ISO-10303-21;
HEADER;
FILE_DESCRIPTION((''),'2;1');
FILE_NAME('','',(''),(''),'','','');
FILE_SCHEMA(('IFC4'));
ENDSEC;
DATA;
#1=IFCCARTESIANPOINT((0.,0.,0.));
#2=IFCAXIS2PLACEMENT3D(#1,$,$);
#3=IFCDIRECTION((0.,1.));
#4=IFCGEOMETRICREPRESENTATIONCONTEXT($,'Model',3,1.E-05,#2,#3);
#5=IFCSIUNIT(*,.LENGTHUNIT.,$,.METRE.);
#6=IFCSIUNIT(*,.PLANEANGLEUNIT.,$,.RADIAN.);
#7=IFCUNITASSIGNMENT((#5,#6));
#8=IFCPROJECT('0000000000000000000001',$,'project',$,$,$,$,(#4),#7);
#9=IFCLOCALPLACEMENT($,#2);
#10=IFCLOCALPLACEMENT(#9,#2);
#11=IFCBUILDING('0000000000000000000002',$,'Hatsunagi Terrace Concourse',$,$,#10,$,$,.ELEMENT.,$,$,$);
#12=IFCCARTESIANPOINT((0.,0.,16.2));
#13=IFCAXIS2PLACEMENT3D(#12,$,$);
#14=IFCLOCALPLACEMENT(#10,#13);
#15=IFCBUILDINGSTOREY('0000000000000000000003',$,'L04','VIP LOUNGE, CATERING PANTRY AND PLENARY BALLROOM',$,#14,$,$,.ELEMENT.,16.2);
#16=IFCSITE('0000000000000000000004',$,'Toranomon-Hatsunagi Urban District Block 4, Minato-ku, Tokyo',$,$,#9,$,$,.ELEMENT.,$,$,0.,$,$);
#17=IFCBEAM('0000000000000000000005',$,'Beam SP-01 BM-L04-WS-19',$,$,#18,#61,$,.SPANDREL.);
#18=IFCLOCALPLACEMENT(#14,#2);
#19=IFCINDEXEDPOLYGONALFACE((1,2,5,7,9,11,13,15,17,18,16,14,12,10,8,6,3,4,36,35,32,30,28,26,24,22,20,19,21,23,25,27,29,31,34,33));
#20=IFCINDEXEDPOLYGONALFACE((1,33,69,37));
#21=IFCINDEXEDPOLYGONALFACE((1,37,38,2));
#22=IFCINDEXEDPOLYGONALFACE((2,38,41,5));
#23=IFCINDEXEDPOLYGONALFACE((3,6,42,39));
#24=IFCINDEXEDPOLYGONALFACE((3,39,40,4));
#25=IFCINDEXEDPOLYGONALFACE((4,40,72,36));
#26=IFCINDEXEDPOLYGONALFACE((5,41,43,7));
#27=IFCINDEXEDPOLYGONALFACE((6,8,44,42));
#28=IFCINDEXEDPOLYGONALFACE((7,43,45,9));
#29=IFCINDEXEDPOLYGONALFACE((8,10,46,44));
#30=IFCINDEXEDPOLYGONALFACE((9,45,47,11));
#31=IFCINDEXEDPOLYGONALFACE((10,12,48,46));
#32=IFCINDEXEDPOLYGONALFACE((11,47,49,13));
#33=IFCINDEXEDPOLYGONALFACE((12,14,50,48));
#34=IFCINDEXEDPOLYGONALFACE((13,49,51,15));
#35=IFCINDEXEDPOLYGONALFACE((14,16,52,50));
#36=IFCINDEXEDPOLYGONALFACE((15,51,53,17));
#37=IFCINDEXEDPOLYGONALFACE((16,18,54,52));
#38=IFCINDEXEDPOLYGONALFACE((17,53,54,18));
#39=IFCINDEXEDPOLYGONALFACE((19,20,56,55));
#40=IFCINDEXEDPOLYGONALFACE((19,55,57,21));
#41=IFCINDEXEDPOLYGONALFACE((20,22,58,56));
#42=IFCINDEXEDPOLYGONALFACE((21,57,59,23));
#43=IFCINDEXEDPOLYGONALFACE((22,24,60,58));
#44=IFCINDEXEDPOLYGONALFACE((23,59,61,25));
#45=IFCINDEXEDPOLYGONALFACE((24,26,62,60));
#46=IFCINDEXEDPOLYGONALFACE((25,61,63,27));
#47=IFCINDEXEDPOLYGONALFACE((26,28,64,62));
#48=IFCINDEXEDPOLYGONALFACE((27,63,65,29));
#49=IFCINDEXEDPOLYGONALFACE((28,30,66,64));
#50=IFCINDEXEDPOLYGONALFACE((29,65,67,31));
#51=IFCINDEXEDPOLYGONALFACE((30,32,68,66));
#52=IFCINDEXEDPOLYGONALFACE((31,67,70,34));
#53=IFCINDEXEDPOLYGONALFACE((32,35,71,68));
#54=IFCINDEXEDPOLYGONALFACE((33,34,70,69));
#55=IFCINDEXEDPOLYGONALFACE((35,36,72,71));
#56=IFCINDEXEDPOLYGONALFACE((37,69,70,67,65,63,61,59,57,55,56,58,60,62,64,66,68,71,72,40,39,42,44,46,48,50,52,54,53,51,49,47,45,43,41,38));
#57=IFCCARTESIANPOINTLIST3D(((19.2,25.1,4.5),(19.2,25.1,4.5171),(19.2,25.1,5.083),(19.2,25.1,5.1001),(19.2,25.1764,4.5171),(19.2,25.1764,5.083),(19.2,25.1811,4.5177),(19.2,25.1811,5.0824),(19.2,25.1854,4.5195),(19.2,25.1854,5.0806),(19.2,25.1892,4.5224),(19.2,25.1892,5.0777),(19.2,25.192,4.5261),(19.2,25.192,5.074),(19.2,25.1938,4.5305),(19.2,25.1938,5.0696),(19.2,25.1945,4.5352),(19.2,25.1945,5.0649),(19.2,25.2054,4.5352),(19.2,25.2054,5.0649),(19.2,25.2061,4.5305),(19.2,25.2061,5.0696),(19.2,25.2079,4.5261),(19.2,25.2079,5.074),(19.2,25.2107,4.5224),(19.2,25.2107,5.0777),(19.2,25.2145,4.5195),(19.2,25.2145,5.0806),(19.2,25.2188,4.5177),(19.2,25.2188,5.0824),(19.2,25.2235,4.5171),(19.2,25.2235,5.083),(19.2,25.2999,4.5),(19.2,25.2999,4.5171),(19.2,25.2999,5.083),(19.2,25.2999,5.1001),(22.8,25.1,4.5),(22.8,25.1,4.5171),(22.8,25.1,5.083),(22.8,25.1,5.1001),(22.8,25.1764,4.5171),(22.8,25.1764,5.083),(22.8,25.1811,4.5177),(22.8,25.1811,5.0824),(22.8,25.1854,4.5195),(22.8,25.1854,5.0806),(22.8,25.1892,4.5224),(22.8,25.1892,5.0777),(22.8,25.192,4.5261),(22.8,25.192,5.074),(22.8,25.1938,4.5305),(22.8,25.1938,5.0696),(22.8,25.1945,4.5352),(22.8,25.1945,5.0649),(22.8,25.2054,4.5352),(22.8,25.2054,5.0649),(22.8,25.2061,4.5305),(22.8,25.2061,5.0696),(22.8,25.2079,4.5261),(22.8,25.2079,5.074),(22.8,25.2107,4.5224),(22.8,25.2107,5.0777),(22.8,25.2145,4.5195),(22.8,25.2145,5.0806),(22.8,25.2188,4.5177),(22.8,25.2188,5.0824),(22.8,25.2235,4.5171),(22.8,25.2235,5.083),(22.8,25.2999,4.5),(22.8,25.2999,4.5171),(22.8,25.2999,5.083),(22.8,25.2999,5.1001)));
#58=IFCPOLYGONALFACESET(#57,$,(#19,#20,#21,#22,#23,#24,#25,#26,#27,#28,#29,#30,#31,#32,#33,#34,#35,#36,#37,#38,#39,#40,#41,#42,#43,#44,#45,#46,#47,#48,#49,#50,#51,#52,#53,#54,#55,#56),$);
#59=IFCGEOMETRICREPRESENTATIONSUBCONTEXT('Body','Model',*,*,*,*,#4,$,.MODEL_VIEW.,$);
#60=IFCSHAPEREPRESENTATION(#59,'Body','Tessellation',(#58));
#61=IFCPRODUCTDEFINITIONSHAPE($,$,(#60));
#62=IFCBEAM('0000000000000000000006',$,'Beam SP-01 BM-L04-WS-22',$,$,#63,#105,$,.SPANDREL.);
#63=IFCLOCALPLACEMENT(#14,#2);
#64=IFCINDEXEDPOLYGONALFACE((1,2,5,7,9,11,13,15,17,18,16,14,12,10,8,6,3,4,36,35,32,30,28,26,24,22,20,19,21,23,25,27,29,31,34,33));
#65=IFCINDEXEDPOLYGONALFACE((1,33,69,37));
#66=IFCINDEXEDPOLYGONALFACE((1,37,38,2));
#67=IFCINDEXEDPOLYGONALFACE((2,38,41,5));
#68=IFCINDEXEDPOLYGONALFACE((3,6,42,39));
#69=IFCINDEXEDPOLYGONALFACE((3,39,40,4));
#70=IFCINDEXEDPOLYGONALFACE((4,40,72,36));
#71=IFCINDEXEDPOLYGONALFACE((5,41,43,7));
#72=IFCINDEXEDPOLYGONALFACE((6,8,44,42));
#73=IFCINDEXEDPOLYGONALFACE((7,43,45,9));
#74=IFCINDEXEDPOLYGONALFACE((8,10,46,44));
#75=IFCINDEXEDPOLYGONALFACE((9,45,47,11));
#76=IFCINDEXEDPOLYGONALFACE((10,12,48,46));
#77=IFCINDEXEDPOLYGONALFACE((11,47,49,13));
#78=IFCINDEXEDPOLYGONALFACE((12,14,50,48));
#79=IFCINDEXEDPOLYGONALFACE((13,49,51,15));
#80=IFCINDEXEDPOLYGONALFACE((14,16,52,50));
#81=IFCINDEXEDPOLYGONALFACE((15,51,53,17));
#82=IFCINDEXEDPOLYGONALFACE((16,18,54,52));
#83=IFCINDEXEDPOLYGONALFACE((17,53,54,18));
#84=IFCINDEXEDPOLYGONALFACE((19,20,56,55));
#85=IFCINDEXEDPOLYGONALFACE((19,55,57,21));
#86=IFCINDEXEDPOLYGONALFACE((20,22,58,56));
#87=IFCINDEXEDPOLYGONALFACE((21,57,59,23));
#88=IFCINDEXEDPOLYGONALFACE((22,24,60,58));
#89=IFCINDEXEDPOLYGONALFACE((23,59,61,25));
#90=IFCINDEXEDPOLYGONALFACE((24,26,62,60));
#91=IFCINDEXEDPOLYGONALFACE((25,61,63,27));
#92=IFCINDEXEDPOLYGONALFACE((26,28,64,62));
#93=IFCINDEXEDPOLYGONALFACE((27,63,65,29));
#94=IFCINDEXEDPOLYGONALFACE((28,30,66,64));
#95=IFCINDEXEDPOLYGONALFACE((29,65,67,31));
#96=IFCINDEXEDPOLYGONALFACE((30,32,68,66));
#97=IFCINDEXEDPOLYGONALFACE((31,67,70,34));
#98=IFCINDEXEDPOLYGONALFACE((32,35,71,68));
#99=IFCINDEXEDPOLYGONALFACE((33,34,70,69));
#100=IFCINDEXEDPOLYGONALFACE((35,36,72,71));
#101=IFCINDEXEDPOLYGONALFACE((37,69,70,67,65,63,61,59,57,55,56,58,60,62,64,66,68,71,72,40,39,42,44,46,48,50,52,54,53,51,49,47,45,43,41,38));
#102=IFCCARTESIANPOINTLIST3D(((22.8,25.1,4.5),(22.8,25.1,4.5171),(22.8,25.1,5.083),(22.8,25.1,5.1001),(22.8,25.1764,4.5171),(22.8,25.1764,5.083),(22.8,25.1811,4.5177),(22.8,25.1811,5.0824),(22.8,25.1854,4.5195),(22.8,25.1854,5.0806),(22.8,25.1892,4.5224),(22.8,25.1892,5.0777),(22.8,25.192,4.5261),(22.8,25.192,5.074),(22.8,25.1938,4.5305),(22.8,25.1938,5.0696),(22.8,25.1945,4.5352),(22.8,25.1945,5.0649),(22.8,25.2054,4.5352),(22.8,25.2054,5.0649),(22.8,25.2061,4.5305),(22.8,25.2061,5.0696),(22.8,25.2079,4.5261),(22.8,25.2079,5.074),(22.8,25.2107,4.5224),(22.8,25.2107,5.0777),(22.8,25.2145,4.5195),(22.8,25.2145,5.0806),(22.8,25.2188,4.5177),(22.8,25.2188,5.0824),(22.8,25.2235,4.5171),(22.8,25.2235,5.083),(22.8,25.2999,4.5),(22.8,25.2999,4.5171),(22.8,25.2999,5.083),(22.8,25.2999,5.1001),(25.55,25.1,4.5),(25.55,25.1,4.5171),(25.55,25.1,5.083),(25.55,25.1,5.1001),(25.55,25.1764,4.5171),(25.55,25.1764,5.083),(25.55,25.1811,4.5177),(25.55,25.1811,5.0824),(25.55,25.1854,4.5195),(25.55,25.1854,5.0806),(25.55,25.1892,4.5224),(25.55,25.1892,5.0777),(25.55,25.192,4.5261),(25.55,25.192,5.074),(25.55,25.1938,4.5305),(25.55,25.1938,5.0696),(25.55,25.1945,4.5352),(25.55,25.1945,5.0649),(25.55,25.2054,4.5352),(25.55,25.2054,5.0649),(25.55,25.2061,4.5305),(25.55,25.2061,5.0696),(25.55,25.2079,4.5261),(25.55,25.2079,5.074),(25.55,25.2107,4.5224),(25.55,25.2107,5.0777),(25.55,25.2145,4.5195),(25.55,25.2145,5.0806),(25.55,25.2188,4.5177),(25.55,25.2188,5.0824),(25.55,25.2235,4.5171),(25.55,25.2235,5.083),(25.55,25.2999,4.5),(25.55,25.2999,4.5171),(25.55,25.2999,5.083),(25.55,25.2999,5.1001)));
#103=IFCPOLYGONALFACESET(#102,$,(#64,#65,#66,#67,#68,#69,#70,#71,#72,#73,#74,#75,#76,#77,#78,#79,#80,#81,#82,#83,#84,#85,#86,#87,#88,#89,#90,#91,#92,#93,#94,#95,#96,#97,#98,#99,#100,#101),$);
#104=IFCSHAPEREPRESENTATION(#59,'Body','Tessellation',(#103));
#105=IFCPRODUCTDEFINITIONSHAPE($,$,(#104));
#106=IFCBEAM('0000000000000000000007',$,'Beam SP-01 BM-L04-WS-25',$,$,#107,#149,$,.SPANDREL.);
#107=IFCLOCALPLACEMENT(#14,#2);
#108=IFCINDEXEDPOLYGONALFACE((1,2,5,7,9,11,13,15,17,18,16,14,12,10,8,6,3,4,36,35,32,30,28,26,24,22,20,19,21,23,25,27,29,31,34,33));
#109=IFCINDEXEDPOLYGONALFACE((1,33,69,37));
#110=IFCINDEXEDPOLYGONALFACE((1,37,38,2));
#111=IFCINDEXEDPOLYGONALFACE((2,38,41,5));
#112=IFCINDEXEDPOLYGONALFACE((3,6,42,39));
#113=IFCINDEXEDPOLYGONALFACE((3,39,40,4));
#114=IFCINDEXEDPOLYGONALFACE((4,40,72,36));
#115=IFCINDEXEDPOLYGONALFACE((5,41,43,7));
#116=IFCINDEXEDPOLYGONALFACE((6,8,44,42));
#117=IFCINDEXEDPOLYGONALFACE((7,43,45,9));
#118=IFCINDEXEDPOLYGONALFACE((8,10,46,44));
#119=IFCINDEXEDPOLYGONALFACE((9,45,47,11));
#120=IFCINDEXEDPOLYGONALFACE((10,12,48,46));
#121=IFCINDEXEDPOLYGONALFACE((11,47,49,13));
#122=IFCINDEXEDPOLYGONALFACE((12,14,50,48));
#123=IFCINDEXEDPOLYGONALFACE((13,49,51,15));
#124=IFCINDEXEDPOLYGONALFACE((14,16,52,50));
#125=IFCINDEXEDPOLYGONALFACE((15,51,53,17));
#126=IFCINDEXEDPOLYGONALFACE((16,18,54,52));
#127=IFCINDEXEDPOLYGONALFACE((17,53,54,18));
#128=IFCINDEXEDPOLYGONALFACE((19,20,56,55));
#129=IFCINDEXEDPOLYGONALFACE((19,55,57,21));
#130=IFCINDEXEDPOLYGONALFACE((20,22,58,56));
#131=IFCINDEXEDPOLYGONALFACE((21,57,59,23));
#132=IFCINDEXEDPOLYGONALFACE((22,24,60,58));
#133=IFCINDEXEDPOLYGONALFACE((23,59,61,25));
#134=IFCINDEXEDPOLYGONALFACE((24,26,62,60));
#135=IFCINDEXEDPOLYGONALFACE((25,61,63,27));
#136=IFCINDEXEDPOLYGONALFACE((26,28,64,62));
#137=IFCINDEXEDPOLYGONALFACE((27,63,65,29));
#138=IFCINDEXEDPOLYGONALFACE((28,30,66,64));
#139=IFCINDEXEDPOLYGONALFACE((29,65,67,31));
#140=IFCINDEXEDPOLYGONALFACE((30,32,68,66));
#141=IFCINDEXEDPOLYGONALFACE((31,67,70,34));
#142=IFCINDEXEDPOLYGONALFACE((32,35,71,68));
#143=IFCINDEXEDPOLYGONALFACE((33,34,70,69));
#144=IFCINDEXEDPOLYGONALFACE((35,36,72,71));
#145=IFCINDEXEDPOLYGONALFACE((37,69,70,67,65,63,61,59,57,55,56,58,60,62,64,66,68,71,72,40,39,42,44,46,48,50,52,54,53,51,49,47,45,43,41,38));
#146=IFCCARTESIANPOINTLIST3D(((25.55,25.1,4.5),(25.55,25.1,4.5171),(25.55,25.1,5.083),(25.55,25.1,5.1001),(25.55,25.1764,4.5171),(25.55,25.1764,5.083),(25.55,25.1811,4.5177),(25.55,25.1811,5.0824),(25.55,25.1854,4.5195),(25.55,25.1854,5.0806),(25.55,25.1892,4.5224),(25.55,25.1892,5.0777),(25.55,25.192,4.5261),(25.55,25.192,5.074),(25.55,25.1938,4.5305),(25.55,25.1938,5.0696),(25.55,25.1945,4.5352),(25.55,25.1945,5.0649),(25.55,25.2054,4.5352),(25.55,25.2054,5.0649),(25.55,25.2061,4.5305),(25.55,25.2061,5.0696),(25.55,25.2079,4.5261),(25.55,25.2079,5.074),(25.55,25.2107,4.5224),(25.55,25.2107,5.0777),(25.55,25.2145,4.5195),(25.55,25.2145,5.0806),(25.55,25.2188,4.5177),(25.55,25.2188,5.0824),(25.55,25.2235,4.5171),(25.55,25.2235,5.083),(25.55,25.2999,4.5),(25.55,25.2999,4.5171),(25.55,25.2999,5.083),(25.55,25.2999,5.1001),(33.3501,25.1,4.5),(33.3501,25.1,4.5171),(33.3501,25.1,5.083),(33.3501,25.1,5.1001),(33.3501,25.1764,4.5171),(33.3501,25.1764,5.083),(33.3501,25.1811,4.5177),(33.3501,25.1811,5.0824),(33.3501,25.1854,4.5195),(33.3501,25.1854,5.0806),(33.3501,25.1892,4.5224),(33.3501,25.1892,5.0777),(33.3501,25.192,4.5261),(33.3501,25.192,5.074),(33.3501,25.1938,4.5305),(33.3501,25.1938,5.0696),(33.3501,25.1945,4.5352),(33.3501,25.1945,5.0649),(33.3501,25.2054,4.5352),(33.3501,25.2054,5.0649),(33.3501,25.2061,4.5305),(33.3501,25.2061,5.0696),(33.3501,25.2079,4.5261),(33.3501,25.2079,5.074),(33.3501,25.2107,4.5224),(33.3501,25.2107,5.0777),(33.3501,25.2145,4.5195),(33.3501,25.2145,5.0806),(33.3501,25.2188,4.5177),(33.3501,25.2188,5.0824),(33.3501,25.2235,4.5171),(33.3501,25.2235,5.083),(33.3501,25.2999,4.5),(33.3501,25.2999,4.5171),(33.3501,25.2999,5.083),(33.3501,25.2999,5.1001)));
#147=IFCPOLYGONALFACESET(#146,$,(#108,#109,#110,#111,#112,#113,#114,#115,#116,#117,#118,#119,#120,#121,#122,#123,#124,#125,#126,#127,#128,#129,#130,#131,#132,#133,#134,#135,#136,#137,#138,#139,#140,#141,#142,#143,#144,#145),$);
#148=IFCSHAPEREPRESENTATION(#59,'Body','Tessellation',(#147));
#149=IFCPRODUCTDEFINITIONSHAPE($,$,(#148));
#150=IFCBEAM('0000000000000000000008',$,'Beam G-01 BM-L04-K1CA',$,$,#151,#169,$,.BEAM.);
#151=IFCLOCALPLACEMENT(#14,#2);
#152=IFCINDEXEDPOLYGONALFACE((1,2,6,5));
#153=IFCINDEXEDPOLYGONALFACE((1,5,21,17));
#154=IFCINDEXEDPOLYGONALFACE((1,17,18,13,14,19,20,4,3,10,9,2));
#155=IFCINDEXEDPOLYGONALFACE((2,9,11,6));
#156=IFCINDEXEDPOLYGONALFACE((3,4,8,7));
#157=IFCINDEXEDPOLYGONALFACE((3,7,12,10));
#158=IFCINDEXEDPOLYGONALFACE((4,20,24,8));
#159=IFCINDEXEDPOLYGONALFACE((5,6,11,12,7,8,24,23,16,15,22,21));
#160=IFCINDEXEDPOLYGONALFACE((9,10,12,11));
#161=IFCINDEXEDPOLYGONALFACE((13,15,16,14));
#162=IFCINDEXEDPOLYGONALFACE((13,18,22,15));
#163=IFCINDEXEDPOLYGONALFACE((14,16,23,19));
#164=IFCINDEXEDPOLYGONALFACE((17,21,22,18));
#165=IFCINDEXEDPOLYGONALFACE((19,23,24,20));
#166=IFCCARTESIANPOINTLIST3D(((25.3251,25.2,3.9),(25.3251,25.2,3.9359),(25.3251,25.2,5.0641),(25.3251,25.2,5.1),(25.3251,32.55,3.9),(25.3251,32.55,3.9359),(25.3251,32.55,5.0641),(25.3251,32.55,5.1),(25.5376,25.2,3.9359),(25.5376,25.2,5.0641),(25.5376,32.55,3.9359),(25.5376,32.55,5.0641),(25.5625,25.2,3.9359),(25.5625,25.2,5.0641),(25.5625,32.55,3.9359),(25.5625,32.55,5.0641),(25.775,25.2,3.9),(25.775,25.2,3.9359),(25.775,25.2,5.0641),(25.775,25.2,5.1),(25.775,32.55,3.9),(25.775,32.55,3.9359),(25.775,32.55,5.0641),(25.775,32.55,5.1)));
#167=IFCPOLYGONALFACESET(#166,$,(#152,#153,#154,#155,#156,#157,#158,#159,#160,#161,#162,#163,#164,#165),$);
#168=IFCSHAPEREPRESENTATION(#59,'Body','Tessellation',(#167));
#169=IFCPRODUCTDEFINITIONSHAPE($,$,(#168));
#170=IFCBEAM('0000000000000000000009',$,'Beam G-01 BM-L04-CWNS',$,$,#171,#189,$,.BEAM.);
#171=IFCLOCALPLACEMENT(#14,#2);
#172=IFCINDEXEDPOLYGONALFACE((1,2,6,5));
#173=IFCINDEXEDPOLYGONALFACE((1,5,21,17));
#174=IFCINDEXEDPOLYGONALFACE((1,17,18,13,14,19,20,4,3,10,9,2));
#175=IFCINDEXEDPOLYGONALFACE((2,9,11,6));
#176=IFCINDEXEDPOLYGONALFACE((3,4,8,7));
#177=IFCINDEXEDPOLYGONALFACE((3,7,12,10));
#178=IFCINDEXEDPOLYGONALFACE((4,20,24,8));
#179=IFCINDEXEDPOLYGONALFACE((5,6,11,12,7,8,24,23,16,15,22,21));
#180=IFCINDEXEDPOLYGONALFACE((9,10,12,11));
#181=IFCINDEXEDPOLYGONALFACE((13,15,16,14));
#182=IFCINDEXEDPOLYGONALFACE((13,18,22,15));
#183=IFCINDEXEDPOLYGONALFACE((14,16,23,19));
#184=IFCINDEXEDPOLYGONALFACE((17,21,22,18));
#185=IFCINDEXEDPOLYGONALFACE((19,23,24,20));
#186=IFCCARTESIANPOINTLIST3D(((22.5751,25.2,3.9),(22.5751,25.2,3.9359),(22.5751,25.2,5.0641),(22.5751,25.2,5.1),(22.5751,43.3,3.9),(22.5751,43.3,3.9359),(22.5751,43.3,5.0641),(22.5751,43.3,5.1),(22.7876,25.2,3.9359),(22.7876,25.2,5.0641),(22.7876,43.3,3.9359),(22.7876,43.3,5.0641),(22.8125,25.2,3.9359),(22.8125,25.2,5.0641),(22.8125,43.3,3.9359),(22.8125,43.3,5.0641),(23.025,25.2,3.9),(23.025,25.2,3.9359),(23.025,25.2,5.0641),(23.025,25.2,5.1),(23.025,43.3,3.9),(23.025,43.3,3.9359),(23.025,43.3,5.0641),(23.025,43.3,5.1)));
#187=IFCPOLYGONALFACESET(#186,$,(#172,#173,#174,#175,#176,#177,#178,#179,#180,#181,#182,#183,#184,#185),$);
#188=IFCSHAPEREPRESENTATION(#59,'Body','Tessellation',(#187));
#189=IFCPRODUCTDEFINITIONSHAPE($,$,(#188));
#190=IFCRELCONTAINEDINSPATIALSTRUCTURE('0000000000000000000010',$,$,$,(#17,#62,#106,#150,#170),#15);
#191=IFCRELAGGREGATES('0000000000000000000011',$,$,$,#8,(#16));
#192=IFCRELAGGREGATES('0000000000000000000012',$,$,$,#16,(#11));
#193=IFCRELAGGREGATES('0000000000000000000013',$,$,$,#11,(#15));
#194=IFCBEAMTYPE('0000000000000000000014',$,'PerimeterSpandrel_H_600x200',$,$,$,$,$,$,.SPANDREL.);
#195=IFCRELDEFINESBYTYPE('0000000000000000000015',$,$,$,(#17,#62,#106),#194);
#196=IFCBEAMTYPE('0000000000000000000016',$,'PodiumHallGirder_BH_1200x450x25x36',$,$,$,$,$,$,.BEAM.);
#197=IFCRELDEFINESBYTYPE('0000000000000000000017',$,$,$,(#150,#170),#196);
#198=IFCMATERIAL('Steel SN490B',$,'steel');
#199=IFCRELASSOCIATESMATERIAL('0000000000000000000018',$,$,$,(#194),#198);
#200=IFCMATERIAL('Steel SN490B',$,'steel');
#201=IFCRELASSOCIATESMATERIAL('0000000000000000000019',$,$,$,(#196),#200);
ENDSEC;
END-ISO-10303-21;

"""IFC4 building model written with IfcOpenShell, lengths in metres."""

from ifc_helpers import new_model, si_unit, direction, frame, origin, origin_2d, place, context, subcontext, project, spatial, i_section, extrude, material, material_profile, profile_set, type_object, element, save


model = new_model("IFC4")

# Units and contexts
model_context = context("Model", 3, precision=1e-05, world=origin(), true_north=direction((0.0, 1.0)))
body_context = subcontext(model_context, "Body", "Model", "MODEL_VIEW")
ifc_project = project(units=[si_unit("LENGTHUNIT", "METRE"), si_unit("PLANEANGLEUNIT", "RADIAN")], contexts=[model_context])

# Site, building, storey
site_placement = place(None, origin())
site = spatial("IfcSite", under=ifc_project, at=site_placement, Name="Toranomon-Hatsunagi Urban District Block 4, Minato-ku, Tokyo", CompositionType="ELEMENT", RefElevation=0.0)
building_placement = place(site_placement, origin())
building = spatial("IfcBuilding", under=site, at=building_placement, Name="Hatsunagi Terrace Concourse", CompositionType="ELEMENT")
storey_placement = place(building_placement, frame((0.0, 0.0, 16.2)))
storey = spatial("IfcBuildingStorey", under=building, at=storey_placement, Name="L04", Description="VIP LOUNGE, CATERING PANTRY AND PLENARY BALLROOM", CompositionType="ELEMENT", Elevation=16.2)

# Beams
ifc_material_1 = material(Name="Steel SN490B", Category="steel")
ifc_material_profile_1 = material_profile(ifc_material_1, i_section(OverallWidth=0.2, OverallDepth=0.6001, WebThickness=0.011, FlangeThickness=0.0171, FilletRadius=0.0181, at=origin_2d()), Name="H-600x200x11x17")
ifc_profile_set_1 = profile_set([ifc_material_profile_1], Name="Steel SN490B")
beam_type_1 = type_object("IfcBeamType", Name="PerimeterSpandrel_H_600x200", PredefinedType="SPANDREL", material=ifc_profile_set_1)
beam_1_placement = place(storey_placement, frame((19.2, 25.2, 4.8), z_axis=(1.0, 0.0, 0.0), x_axis=(0.0, 1.0, 0.0)))
element("IfcBeam", 1, at=beam_1_placement, inside=storey, type_object=beam_type_1, Name="Beam SP-01 BM-L04-WS-19", PredefinedType="SPANDREL", context=body_context, shape_type="SweptSolid", body=[
    extrude(i_section(OverallWidth=0.2, OverallDepth=0.6001, WebThickness=0.011, FlangeThickness=0.0171, FilletRadius=0.0181, at=origin_2d()), origin(), (0.0, 0.0, 1.0), 3.6001),
])
beam_2_placement = place(storey_placement, frame((22.8, 25.2, 4.8), z_axis=(1.0, 0.0, 0.0), x_axis=(0.0, 1.0, 0.0)))
element("IfcBeam", 2, at=beam_2_placement, inside=storey, type_object=beam_type_1, Name="Beam SP-01 BM-L04-WS-22", PredefinedType="SPANDREL", context=body_context, shape_type="SweptSolid", body=[
    extrude(i_section(OverallWidth=0.2, OverallDepth=0.6001, WebThickness=0.011, FlangeThickness=0.0171, FilletRadius=0.0181, at=origin_2d()), origin(), (0.0, 0.0, 1.0), 2.75),
])
beam_3_placement = place(storey_placement, frame((25.55, 25.2, 4.8), z_axis=(1.0, 0.0, 0.0), x_axis=(0.0, 1.0, 0.0)))
element("IfcBeam", 3, at=beam_3_placement, inside=storey, type_object=beam_type_1, Name="Beam SP-01 BM-L04-WS-25", PredefinedType="SPANDREL", context=body_context, shape_type="SweptSolid", body=[
    extrude(i_section(OverallWidth=0.2, OverallDepth=0.6001, WebThickness=0.011, FlangeThickness=0.0171, FilletRadius=0.0181, at=origin_2d()), origin(), (0.0, 0.0, 1.0), 7.8),
])
ifc_material_2 = material(Name="Steel SN490B", Category="steel")
ifc_material_profile_2 = material_profile(ifc_material_2, i_section(OverallWidth=0.45, OverallDepth=1.2, WebThickness=0.0249, FlangeThickness=0.0359, at=origin_2d()), Name="BH-1200x450x25x36")
ifc_profile_set_2 = profile_set([ifc_material_profile_2], Name="Steel SN490B")
beam_type_2 = type_object("IfcBeamType", Name="PodiumHallGirder_BH_1200x450x25x36", PredefinedType="BEAM", material=ifc_profile_set_2)
beam_4_placement = place(storey_placement, frame((25.55, 25.2, 4.5), z_axis=(0.0, 1.0, 0.0), x_axis=(-1.0, 0.0, 0.0)))
element("IfcBeam", 4, at=beam_4_placement, inside=storey, type_object=beam_type_2, Name="Beam G-01 BM-L04-K1CA", PredefinedType="BEAM", context=body_context, shape_type="SweptSolid", body=[
    extrude(i_section(OverallWidth=0.45, OverallDepth=1.2, WebThickness=0.0249, FlangeThickness=0.0359, at=origin_2d()), origin(), (0.0, 0.0, 1.0), 7.3501),
])
beam_5_placement = place(storey_placement, frame((22.8, 25.2, 4.5), z_axis=(0.0, 1.0, 0.0), x_axis=(-1.0, 0.0, 0.0)))
element("IfcBeam", 5, at=beam_5_placement, inside=storey, type_object=beam_type_2, Name="Beam G-01 BM-L04-CWNS", PredefinedType="BEAM", context=body_context, shape_type="SweptSolid", body=[
    extrude(i_section(OverallWidth=0.45, OverallDepth=1.2, WebThickness=0.0249, FlangeThickness=0.0359, at=origin_2d()), origin(), (0.0, 0.0, 1.0), 18.1001),
])

save(model, "model.ifc")
